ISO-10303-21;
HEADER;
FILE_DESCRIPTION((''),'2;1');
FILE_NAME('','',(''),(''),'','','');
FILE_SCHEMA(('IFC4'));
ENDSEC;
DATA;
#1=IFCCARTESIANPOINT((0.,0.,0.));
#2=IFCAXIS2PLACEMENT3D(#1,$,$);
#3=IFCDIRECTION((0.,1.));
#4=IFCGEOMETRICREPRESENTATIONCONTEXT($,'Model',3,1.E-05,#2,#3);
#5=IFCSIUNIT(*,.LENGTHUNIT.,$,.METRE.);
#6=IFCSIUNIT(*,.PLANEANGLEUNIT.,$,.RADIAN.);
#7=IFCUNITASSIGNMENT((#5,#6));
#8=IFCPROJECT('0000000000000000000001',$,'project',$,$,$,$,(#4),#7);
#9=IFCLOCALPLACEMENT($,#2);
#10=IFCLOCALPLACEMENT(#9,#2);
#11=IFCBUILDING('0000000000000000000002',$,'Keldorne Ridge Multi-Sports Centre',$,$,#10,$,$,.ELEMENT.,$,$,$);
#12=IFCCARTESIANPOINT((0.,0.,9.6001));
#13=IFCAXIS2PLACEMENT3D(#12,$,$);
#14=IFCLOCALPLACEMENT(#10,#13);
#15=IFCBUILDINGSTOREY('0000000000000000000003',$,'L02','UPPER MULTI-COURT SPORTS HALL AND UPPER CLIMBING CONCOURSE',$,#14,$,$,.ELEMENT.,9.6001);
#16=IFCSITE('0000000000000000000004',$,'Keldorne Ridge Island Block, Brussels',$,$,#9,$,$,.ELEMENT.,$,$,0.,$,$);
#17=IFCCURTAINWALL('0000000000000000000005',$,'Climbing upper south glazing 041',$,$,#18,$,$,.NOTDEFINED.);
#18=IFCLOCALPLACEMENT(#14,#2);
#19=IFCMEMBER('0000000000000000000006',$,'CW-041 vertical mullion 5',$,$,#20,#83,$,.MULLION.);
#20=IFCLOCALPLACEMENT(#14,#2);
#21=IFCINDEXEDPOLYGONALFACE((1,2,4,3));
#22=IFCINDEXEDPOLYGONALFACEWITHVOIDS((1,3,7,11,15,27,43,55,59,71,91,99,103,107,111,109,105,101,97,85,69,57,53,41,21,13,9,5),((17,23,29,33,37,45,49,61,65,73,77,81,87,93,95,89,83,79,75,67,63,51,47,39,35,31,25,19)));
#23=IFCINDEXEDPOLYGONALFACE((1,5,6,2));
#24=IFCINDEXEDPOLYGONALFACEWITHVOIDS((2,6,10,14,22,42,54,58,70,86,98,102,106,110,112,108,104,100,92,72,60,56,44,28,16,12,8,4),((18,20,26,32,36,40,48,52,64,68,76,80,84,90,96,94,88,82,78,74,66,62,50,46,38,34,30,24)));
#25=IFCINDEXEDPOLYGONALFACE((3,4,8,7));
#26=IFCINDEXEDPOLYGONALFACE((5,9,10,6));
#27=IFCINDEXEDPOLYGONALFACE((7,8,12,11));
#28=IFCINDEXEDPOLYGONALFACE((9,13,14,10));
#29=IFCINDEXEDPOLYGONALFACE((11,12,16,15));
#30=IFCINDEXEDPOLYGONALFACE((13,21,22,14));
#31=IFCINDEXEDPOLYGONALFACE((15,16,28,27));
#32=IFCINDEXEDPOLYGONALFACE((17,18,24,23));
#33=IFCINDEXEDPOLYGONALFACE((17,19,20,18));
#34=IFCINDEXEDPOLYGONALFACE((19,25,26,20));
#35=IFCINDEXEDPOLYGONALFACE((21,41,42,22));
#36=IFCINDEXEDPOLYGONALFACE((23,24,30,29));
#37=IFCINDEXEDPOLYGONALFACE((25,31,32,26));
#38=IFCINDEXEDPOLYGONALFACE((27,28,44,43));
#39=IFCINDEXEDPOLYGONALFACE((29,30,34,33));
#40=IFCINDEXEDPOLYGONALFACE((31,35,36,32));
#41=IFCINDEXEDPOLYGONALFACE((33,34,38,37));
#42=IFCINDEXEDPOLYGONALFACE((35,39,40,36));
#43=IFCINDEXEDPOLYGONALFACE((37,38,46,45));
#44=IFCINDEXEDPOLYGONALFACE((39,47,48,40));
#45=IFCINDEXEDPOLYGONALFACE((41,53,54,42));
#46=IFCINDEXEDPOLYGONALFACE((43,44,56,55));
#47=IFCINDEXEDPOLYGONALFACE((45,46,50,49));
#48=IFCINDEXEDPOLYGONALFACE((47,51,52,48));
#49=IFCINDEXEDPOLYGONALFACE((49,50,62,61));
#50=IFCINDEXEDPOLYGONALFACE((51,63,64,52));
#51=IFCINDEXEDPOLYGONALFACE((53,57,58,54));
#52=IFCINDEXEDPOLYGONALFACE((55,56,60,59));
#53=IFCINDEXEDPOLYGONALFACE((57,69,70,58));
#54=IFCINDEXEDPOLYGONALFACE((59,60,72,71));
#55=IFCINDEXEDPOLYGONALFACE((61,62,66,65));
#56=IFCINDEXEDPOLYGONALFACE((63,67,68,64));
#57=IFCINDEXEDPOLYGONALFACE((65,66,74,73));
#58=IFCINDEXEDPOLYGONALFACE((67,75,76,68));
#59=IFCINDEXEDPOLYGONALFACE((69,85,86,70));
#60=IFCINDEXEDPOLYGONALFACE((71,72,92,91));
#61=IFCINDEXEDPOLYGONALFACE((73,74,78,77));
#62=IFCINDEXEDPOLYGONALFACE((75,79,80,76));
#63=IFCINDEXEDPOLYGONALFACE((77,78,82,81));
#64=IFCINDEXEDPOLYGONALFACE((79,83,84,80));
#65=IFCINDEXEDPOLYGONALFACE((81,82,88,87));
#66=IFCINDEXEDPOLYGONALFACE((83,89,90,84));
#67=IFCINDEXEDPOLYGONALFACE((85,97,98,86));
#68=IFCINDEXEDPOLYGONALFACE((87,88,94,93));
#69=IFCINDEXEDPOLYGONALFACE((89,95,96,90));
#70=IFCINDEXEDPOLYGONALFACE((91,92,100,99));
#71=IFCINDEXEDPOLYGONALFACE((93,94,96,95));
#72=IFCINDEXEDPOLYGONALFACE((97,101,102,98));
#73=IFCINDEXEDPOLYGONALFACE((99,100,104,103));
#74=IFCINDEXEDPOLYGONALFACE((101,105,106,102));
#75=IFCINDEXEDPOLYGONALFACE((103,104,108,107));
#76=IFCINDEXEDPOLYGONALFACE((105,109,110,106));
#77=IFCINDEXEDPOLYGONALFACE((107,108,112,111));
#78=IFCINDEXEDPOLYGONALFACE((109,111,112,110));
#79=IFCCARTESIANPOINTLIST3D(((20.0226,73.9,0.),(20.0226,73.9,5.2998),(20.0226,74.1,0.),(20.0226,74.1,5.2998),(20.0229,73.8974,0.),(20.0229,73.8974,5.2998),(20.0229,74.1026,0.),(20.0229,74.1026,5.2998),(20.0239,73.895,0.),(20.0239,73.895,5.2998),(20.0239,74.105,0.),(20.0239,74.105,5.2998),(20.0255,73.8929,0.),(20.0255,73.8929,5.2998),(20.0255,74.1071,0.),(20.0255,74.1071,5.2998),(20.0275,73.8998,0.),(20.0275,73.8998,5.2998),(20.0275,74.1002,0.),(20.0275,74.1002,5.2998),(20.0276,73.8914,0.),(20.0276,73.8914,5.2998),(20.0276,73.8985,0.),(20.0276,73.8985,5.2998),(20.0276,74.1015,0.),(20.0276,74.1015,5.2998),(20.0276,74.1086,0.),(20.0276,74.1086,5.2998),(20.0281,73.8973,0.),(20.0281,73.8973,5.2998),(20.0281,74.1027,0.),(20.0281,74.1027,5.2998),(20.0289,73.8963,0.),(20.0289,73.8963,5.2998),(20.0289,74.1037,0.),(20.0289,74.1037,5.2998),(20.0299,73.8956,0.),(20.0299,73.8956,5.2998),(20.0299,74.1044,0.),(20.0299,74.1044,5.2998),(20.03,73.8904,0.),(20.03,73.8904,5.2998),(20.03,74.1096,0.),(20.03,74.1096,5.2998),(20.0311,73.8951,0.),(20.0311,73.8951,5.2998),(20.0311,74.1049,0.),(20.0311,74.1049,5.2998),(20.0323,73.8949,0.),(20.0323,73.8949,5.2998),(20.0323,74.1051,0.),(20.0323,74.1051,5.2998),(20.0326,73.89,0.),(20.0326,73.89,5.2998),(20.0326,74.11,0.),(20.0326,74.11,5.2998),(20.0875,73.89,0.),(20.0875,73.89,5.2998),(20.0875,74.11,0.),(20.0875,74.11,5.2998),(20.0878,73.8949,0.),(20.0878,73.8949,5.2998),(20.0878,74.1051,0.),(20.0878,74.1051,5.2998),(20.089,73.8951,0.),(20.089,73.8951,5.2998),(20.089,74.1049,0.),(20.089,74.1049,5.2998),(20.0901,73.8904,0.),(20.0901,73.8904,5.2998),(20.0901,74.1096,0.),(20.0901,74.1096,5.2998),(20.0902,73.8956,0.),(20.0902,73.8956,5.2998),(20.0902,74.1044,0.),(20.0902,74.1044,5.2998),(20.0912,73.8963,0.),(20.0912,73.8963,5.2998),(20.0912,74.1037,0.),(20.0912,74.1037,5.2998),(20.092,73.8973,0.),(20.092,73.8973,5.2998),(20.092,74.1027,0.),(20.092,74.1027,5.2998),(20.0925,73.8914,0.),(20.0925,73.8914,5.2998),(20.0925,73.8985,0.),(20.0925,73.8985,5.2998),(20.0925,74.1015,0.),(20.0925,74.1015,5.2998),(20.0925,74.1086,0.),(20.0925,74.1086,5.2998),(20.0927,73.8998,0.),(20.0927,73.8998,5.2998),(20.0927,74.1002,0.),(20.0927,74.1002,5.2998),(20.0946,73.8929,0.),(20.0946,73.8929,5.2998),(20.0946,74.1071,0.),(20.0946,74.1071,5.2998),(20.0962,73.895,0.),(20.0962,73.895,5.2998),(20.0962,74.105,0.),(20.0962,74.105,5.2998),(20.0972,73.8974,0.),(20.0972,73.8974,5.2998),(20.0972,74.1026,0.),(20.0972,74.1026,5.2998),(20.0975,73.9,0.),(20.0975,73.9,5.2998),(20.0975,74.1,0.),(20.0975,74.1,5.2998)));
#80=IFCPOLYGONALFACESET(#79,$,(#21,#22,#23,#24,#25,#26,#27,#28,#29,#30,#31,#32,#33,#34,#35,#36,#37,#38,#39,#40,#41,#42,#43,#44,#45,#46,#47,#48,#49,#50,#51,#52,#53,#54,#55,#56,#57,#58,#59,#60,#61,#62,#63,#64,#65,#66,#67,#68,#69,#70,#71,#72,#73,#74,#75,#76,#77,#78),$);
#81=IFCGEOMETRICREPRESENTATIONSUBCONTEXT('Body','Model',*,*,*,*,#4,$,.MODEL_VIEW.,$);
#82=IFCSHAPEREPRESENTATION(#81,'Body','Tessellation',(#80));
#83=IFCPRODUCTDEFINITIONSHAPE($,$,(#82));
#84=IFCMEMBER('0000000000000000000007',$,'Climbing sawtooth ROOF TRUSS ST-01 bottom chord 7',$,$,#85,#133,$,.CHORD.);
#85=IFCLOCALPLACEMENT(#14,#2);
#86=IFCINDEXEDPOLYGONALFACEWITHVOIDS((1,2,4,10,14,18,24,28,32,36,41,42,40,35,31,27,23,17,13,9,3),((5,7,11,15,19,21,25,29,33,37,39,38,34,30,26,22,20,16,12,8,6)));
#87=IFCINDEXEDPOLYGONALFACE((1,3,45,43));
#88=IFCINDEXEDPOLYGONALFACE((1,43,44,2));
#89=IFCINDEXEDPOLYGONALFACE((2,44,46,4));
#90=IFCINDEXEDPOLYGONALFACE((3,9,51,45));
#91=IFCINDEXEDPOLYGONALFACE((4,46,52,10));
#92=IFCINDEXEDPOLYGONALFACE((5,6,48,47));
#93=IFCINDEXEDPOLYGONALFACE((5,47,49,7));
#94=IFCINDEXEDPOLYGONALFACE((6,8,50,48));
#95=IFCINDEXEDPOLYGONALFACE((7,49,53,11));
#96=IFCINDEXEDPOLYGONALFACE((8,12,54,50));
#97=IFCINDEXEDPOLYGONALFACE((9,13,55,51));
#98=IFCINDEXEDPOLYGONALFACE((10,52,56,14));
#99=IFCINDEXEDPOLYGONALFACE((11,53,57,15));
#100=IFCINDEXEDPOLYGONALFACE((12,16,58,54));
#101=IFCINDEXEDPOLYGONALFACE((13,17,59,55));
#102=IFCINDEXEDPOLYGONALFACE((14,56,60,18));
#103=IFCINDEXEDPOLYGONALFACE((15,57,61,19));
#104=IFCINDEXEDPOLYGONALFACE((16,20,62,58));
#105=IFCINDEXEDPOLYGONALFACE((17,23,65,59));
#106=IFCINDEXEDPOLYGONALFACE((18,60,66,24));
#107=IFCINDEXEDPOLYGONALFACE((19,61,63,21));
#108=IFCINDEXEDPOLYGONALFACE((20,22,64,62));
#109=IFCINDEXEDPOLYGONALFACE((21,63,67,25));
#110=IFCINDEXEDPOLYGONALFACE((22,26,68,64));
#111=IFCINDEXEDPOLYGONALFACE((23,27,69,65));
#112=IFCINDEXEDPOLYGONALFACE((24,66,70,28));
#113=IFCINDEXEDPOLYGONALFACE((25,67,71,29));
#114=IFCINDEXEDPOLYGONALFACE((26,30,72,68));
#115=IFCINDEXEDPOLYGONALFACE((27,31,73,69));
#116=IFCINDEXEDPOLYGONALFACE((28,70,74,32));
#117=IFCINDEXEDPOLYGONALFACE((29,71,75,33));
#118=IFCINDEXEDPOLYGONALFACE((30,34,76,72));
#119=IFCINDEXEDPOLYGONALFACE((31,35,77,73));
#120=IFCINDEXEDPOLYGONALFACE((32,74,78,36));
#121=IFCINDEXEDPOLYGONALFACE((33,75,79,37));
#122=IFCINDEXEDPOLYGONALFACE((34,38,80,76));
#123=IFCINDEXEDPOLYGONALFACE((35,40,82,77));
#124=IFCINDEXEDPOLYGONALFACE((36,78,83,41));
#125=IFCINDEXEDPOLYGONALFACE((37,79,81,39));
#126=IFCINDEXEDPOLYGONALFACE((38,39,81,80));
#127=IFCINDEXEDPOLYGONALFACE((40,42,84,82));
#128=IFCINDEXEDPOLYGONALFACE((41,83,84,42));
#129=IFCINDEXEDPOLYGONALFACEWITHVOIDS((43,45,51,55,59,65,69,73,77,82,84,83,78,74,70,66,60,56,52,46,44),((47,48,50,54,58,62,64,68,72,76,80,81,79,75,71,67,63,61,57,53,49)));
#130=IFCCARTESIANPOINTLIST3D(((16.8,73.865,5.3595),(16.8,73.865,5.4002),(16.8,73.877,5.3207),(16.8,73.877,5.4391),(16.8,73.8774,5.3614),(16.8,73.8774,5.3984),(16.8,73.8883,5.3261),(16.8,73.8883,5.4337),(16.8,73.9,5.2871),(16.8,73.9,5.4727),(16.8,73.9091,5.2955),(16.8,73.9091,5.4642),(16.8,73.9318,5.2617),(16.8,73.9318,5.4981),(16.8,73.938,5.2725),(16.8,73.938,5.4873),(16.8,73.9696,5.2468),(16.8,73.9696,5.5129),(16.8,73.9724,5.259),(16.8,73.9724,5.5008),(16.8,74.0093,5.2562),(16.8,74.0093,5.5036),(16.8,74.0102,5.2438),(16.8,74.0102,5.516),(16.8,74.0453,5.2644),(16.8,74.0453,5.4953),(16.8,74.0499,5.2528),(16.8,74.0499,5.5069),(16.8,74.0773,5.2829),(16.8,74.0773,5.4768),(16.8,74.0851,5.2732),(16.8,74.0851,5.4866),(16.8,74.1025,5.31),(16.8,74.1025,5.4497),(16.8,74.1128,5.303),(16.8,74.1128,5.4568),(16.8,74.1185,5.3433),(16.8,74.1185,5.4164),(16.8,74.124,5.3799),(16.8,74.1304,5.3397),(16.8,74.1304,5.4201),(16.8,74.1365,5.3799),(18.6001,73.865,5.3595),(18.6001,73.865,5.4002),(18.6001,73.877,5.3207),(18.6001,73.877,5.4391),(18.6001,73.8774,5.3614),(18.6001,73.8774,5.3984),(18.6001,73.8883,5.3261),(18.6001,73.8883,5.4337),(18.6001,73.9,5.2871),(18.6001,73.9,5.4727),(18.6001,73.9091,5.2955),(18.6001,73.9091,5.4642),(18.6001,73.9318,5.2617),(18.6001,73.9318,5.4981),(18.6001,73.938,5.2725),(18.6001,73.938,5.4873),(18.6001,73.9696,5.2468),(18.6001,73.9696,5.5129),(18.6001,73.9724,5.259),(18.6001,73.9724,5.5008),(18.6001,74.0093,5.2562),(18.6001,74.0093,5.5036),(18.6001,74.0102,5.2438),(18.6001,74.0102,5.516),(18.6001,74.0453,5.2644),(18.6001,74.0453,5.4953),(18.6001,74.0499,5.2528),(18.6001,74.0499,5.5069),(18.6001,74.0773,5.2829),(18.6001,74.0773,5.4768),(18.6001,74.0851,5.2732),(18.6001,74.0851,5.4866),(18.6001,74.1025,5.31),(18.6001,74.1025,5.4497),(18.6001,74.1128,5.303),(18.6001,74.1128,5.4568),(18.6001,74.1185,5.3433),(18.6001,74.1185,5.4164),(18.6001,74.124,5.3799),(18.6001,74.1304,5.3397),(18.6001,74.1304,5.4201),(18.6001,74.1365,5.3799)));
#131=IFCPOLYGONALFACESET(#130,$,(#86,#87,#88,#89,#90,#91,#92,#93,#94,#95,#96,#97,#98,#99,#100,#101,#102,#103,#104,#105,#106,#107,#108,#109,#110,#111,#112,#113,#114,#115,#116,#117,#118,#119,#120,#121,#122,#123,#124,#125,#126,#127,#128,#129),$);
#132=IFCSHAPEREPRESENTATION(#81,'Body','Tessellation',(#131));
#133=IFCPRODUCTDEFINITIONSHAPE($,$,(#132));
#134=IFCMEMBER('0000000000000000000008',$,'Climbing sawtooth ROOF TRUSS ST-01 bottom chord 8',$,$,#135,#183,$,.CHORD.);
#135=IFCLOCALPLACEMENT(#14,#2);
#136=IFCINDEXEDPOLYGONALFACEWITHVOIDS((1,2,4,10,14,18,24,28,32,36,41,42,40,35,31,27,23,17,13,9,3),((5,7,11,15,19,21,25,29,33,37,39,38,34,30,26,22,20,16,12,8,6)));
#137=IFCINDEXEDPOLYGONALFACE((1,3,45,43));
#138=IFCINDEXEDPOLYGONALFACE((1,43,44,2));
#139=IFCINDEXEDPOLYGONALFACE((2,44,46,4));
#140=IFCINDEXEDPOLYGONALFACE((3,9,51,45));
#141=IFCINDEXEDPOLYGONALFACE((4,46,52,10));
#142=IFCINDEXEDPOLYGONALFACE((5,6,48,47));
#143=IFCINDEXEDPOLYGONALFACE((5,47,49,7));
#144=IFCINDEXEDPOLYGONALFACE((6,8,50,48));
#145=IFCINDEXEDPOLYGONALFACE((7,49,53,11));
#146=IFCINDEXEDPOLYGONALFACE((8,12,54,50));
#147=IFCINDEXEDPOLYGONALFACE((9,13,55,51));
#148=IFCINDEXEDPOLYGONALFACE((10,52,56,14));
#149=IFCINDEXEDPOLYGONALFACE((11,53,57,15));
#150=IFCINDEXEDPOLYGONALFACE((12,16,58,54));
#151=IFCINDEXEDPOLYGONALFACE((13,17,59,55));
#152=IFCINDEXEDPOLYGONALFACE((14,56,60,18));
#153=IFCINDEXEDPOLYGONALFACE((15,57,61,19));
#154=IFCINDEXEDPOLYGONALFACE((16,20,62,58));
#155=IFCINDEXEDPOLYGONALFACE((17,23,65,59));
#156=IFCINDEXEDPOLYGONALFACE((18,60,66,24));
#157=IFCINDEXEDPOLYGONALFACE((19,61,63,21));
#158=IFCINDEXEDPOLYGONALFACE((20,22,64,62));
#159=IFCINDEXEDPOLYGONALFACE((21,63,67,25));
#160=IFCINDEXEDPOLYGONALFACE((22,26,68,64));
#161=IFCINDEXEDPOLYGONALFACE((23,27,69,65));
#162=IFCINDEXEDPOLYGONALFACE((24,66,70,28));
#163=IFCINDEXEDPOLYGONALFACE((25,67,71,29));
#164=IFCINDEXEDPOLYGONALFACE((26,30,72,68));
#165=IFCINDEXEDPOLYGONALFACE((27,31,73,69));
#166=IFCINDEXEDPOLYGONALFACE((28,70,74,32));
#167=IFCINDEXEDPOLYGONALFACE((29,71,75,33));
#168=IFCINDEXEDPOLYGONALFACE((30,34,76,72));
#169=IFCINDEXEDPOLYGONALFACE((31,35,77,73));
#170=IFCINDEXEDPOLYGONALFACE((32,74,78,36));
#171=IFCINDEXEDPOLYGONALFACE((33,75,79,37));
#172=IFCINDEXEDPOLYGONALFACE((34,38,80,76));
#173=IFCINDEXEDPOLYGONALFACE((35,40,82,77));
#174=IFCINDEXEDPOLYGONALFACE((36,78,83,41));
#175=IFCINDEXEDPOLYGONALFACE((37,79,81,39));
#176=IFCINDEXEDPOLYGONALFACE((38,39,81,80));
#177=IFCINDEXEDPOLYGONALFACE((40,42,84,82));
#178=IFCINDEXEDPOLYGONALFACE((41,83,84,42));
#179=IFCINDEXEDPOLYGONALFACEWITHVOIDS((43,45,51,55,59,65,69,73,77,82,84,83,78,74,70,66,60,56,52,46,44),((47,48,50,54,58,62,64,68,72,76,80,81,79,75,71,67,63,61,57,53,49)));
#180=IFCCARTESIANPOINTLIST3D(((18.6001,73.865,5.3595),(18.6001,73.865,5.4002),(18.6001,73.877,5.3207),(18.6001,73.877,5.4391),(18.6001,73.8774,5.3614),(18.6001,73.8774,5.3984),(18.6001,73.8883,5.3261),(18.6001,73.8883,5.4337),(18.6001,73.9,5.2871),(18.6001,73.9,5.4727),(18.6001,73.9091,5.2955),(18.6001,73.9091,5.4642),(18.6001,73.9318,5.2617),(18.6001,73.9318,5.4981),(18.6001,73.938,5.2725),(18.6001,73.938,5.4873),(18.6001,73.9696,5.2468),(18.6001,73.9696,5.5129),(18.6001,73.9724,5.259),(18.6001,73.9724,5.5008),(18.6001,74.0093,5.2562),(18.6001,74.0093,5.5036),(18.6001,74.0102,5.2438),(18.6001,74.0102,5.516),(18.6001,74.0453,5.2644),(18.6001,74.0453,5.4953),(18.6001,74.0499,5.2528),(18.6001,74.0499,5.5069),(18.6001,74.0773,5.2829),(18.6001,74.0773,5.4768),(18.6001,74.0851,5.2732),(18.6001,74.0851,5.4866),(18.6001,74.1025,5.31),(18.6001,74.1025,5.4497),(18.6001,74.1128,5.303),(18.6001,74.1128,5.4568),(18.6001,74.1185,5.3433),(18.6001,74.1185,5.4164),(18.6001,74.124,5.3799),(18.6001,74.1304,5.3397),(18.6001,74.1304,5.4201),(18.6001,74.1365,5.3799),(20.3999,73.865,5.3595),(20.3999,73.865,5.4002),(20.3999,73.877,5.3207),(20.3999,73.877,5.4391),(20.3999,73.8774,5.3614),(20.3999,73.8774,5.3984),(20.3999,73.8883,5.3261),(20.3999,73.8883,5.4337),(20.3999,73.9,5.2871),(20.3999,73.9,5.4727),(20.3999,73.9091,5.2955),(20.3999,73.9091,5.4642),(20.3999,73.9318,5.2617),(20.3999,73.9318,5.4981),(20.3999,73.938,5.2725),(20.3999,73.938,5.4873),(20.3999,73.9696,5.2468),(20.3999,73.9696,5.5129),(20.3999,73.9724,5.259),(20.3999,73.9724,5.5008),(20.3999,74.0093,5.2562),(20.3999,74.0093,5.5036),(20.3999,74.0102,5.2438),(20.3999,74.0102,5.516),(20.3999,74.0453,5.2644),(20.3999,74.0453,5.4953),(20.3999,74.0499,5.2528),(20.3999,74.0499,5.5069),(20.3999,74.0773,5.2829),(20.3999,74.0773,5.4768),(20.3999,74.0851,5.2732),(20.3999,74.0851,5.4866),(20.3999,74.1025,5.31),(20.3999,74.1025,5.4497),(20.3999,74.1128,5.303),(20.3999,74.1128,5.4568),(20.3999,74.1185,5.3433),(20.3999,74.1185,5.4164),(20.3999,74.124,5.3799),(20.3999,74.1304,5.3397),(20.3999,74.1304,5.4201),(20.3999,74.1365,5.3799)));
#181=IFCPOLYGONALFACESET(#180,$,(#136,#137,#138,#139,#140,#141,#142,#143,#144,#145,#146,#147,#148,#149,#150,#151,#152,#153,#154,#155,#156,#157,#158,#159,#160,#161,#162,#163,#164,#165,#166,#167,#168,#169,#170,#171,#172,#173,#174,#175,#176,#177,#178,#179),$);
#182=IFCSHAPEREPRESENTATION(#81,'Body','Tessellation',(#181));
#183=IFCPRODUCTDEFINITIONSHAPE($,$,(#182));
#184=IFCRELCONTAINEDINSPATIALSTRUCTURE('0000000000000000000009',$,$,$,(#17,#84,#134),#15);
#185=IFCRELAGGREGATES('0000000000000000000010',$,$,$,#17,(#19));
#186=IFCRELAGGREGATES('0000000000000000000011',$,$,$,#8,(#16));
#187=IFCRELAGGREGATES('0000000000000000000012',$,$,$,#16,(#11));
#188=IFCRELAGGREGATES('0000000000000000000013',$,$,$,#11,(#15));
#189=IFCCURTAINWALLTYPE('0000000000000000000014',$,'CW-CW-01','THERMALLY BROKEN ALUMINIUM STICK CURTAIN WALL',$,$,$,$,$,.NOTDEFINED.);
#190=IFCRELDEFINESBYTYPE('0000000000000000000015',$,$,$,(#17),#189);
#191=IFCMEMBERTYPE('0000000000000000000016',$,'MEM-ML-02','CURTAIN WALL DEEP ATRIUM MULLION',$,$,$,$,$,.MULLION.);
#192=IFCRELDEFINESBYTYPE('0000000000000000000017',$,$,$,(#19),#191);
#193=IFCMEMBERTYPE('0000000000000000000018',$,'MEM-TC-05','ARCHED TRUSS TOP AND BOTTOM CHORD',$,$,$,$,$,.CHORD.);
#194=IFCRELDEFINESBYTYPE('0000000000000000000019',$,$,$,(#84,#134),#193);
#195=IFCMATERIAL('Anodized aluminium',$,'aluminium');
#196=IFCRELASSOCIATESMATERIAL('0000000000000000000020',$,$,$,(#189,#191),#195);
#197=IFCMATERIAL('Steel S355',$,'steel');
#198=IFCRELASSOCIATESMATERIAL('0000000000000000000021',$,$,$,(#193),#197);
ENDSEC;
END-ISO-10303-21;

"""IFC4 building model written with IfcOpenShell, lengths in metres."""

from ifc_helpers import new_model, si_unit, direction, frame, origin, origin_2d, place, context, subcontext, project, spatial, hollow_rectangle, hollow_circle, extrude, material, material_profile, profile_set, type_object, element, aggregate, save


model = new_model("IFC4")

# Units and contexts
model_context = context("Model", 3, precision=1e-05, world=origin(), true_north=direction((0.0, 1.0)))
body_context = subcontext(model_context, "Body", "Model", "MODEL_VIEW")
ifc_project = project(units=[si_unit("LENGTHUNIT", "METRE"), si_unit("PLANEANGLEUNIT", "RADIAN")], contexts=[model_context])

# Site, building, storey
site_placement = place(None, origin())
site = spatial("IfcSite", under=ifc_project, at=site_placement, Name="Keldorne Ridge Island Block, Brussels", CompositionType="ELEMENT", RefElevation=0.0)
building_placement = place(site_placement, origin())
building = spatial("IfcBuilding", under=site, at=building_placement, Name="Keldorne Ridge Multi-Sports Centre", CompositionType="ELEMENT")
storey_placement = place(building_placement, frame((0.0, 0.0, 9.6001)))
storey = spatial("IfcBuildingStorey", under=building, at=storey_placement, Name="L02", Description="UPPER MULTI-COURT SPORTS HALL AND UPPER CLIMBING CONCOURSE", CompositionType="ELEMENT", Elevation=9.6001)

# Shared definitions
ifc_material_1 = material(Name="Steel S355", Category="steel")

# Curtain wall, member
ifc_material_2 = material(Name="Anodized aluminium", Category="aluminium")
curtain_wall_type = type_object("IfcCurtainWallType", Name="CW-CW-01", Description="THERMALLY BROKEN ALUMINIUM STICK CURTAIN WALL", PredefinedType="NOTDEFINED", material=ifc_material_2)
curtain_wall_placement = place(storey_placement, origin())
curtain_wall = element("IfcCurtainWall", 1, at=curtain_wall_placement, inside=storey, type_object=curtain_wall_type, Name="Climbing upper south glazing 041", PredefinedType="NOTDEFINED")
ifc_material_profile_1 = material_profile(ifc_material_2, hollow_rectangle(XDim=0.075, YDim=0.22, WallThickness=0.0049, InnerFilletRadius=0.0049, OuterFilletRadius=0.01, at=origin_2d()), Name="ALU MULLION 220x75x5")
ifc_profile_set_1 = profile_set([ifc_material_profile_1], Name="Anodized aluminium")
member_type_1 = type_object("IfcMemberType", Name="MEM-ML-02", Description="CURTAIN WALL DEEP ATRIUM MULLION", PredefinedType="MULLION", material=ifc_profile_set_1)
member_1_placement = place(storey_placement, frame((20.0601, 74.0, 0.0), z_axis=(0.0, 0.0, 1.0), x_axis=(1.0, 0.0, 0.0)))
member_1 = element("IfcMember", 2, at=member_1_placement, type_object=member_type_1, Name="CW-041 vertical mullion 5", PredefinedType="MULLION", context=body_context, shape_type="SweptSolid", body=[
    extrude(hollow_rectangle(XDim=0.075, YDim=0.22, WallThickness=0.0049, InnerFilletRadius=0.0049, OuterFilletRadius=0.01, at=origin_2d()), origin(), (0.0, 0.0, 1.0), 5.2998),
])

# Members
ifc_material_profile_2 = material_profile(ifc_material_1, hollow_circle(Radius=0.1365, WallThickness=0.0125, at=origin_2d()), Name="CHS 273x12.5")
ifc_profile_set_2 = profile_set([ifc_material_profile_2], Name="Steel S355")
member_type_2 = type_object("IfcMemberType", Name="MEM-TC-05", Description="ARCHED TRUSS TOP AND BOTTOM CHORD", PredefinedType="CHORD", material=ifc_profile_set_2)
member_2_placement = place(storey_placement, frame((16.8, 74.0, 5.3799), z_axis=(1.0, 0.0, 0.0), x_axis=(0.0, 1.0, 0.0)))
element("IfcMember", 3, at=member_2_placement, inside=storey, type_object=member_type_2, Name="Climbing sawtooth ROOF TRUSS ST-01 bottom chord 7", PredefinedType="CHORD", context=body_context, shape_type="SweptSolid", body=[
    extrude(hollow_circle(Radius=0.1365, WallThickness=0.0125, at=origin_2d()), origin(), (0.0, 0.0, 1.0), 1.8),
])
member_3_placement = place(storey_placement, frame((18.6001, 74.0, 5.3799), z_axis=(1.0, 0.0, 0.0), x_axis=(0.0, 1.0, 0.0)))
element("IfcMember", 4, at=member_3_placement, inside=storey, type_object=member_type_2, Name="Climbing sawtooth ROOF TRUSS ST-01 bottom chord 8", PredefinedType="CHORD", context=body_context, shape_type="SweptSolid", body=[
    extrude(hollow_circle(Radius=0.1365, WallThickness=0.0125, at=origin_2d()), origin(), (0.0, 0.0, 1.0), 1.7998),
])

aggregate(curtain_wall, [member_1])

save(model, "model.ifc")
